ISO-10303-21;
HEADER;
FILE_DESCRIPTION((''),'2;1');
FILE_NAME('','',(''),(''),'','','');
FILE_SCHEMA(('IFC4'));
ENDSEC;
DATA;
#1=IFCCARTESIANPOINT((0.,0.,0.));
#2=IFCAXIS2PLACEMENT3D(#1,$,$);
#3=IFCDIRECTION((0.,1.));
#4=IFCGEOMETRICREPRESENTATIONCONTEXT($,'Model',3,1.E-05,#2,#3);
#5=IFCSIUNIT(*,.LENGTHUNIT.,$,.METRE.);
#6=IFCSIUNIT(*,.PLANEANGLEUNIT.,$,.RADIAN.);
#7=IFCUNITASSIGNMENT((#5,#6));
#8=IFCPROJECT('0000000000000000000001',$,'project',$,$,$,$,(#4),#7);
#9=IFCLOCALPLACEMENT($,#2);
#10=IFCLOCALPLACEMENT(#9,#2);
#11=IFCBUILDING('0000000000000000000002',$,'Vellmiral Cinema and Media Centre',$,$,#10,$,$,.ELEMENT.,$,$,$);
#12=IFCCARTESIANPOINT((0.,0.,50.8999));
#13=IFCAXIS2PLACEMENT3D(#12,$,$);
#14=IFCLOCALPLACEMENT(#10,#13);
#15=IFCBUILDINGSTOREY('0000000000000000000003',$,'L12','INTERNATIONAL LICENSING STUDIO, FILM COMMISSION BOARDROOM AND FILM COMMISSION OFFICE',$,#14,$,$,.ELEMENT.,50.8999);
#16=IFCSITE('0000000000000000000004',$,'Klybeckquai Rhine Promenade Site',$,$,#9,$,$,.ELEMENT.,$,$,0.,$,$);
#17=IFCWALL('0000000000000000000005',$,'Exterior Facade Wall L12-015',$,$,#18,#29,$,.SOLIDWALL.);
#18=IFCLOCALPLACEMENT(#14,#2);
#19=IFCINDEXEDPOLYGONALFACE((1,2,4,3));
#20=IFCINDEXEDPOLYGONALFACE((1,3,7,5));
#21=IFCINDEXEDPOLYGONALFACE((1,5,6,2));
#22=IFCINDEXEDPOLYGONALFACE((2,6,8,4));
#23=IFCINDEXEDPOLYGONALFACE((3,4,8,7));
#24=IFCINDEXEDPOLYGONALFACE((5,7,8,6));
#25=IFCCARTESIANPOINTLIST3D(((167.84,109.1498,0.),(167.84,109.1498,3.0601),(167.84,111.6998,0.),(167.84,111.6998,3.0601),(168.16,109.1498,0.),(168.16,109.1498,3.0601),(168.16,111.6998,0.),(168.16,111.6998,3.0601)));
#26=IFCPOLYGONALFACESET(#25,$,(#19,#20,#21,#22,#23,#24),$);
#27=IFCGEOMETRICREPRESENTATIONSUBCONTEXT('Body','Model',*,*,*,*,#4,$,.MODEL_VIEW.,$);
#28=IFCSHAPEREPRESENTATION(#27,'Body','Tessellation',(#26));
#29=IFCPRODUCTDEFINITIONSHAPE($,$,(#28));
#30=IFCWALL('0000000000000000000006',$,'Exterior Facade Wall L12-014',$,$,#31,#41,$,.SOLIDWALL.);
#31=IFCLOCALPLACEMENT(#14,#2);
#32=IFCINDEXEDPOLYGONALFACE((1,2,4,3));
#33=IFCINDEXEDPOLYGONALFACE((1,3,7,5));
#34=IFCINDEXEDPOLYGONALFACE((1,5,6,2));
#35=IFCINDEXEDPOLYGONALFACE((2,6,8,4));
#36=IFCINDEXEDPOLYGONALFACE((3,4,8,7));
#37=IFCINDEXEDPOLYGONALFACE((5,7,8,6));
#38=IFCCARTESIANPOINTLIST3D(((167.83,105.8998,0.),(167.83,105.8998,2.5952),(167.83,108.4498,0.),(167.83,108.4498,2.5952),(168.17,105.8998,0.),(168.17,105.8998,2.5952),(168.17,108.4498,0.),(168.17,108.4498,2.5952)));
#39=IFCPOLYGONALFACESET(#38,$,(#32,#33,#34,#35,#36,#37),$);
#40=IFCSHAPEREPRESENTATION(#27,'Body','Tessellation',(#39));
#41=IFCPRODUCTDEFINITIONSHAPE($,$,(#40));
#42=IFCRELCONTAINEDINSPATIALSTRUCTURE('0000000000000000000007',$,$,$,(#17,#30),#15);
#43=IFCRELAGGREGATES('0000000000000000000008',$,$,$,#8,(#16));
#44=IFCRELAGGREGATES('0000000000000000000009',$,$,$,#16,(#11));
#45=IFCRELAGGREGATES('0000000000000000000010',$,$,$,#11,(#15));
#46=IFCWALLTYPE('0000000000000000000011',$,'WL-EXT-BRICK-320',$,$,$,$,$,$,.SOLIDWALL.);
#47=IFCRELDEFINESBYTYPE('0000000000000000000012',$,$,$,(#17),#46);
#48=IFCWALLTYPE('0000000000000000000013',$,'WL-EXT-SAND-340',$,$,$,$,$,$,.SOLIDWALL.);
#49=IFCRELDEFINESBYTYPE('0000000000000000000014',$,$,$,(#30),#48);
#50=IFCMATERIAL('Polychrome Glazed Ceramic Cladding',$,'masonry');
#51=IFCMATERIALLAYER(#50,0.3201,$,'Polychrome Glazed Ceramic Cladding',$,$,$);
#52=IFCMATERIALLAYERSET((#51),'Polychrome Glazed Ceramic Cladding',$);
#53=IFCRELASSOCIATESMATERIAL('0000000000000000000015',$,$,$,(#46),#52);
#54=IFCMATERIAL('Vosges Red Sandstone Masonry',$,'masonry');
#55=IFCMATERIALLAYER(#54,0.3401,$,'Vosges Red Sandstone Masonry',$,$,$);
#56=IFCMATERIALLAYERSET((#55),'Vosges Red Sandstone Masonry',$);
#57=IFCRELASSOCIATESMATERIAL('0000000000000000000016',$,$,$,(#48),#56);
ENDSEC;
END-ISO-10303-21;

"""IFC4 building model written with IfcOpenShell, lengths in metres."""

from ifc_helpers import new_model, si_unit, direction, frame, frame_2d, origin, place, context, subcontext, project, spatial, rectangle, extrude, material, layer, layer_set, type_object, element, save


model = new_model("IFC4")

# Units and contexts
model_context = context("Model", 3, precision=1e-05, world=origin(), true_north=direction((0.0, 1.0)))
body_context = subcontext(model_context, "Body", "Model", "MODEL_VIEW")
ifc_project = project(units=[si_unit("LENGTHUNIT", "METRE"), si_unit("PLANEANGLEUNIT", "RADIAN")], contexts=[model_context])

# Site, building, storey
site_placement = place(None, origin())
site = spatial("IfcSite", under=ifc_project, at=site_placement, Name="Klybeckquai Rhine Promenade Site", CompositionType="ELEMENT", RefElevation=0.0)
building_placement = place(site_placement, origin())
building = spatial("IfcBuilding", under=site, at=building_placement, Name="Vellmiral Cinema and Media Centre", CompositionType="ELEMENT")
storey_placement = place(building_placement, frame((0.0, 0.0, 50.8999)))
storey = spatial("IfcBuildingStorey", under=building, at=storey_placement, Name="L12", Description="INTERNATIONAL LICENSING STUDIO, FILM COMMISSION BOARDROOM AND FILM COMMISSION OFFICE", CompositionType="ELEMENT", Elevation=50.8999)

# Walls
ifc_material_1 = material(Name="Polychrome Glazed Ceramic Cladding", Category="masonry")
ifc_layer_1 = layer(ifc_material_1, 0.3201, Name="Polychrome Glazed Ceramic Cladding")
ifc_layer_set_1 = layer_set([ifc_layer_1], Name="Polychrome Glazed Ceramic Cladding")
wall_type_1 = type_object("IfcWallType", Name="WL-EXT-BRICK-320", PredefinedType="SOLIDWALL", material=ifc_layer_set_1)
wall_1_placement = place(storey_placement, frame((168.0, 109.1499, 0.0), z_axis=(0.0, 0.0, 1.0), x_axis=(0.0, 1.0, 0.0)))
element("IfcWall", 1, at=wall_1_placement, inside=storey, type_object=wall_type_1, Name="Exterior Facade Wall L12-015", PredefinedType="SOLIDWALL", context=body_context, shape_type="SweptSolid", body=[
    extrude(rectangle(XDim=2.55, YDim=0.3201, at=frame_2d((1.2749, 0.0))), origin(), (0.0, 0.0, 1.0), 3.0601),
])
ifc_material_2 = material(Name="Vosges Red Sandstone Masonry", Category="masonry")
ifc_layer_2 = layer(ifc_material_2, 0.3401, Name="Vosges Red Sandstone Masonry")
ifc_layer_set_2 = layer_set([ifc_layer_2], Name="Vosges Red Sandstone Masonry")
wall_type_2 = type_object("IfcWallType", Name="WL-EXT-SAND-340", PredefinedType="SOLIDWALL", material=ifc_layer_set_2)
wall_2_placement = place(storey_placement, frame((168.0, 105.8999, 0.0), z_axis=(0.0, 0.0, 1.0), x_axis=(0.0, 1.0, 0.0)))
element("IfcWall", 2, at=wall_2_placement, inside=storey, type_object=wall_type_2, Name="Exterior Facade Wall L12-014", PredefinedType="SOLIDWALL", context=body_context, shape_type="SweptSolid", body=[
    extrude(rectangle(XDim=2.55, YDim=0.3401, at=frame_2d((1.2749, 0.0))), origin(), (0.0, 0.0, 1.0), 2.5952),
])

save(model, "model.ifc")
